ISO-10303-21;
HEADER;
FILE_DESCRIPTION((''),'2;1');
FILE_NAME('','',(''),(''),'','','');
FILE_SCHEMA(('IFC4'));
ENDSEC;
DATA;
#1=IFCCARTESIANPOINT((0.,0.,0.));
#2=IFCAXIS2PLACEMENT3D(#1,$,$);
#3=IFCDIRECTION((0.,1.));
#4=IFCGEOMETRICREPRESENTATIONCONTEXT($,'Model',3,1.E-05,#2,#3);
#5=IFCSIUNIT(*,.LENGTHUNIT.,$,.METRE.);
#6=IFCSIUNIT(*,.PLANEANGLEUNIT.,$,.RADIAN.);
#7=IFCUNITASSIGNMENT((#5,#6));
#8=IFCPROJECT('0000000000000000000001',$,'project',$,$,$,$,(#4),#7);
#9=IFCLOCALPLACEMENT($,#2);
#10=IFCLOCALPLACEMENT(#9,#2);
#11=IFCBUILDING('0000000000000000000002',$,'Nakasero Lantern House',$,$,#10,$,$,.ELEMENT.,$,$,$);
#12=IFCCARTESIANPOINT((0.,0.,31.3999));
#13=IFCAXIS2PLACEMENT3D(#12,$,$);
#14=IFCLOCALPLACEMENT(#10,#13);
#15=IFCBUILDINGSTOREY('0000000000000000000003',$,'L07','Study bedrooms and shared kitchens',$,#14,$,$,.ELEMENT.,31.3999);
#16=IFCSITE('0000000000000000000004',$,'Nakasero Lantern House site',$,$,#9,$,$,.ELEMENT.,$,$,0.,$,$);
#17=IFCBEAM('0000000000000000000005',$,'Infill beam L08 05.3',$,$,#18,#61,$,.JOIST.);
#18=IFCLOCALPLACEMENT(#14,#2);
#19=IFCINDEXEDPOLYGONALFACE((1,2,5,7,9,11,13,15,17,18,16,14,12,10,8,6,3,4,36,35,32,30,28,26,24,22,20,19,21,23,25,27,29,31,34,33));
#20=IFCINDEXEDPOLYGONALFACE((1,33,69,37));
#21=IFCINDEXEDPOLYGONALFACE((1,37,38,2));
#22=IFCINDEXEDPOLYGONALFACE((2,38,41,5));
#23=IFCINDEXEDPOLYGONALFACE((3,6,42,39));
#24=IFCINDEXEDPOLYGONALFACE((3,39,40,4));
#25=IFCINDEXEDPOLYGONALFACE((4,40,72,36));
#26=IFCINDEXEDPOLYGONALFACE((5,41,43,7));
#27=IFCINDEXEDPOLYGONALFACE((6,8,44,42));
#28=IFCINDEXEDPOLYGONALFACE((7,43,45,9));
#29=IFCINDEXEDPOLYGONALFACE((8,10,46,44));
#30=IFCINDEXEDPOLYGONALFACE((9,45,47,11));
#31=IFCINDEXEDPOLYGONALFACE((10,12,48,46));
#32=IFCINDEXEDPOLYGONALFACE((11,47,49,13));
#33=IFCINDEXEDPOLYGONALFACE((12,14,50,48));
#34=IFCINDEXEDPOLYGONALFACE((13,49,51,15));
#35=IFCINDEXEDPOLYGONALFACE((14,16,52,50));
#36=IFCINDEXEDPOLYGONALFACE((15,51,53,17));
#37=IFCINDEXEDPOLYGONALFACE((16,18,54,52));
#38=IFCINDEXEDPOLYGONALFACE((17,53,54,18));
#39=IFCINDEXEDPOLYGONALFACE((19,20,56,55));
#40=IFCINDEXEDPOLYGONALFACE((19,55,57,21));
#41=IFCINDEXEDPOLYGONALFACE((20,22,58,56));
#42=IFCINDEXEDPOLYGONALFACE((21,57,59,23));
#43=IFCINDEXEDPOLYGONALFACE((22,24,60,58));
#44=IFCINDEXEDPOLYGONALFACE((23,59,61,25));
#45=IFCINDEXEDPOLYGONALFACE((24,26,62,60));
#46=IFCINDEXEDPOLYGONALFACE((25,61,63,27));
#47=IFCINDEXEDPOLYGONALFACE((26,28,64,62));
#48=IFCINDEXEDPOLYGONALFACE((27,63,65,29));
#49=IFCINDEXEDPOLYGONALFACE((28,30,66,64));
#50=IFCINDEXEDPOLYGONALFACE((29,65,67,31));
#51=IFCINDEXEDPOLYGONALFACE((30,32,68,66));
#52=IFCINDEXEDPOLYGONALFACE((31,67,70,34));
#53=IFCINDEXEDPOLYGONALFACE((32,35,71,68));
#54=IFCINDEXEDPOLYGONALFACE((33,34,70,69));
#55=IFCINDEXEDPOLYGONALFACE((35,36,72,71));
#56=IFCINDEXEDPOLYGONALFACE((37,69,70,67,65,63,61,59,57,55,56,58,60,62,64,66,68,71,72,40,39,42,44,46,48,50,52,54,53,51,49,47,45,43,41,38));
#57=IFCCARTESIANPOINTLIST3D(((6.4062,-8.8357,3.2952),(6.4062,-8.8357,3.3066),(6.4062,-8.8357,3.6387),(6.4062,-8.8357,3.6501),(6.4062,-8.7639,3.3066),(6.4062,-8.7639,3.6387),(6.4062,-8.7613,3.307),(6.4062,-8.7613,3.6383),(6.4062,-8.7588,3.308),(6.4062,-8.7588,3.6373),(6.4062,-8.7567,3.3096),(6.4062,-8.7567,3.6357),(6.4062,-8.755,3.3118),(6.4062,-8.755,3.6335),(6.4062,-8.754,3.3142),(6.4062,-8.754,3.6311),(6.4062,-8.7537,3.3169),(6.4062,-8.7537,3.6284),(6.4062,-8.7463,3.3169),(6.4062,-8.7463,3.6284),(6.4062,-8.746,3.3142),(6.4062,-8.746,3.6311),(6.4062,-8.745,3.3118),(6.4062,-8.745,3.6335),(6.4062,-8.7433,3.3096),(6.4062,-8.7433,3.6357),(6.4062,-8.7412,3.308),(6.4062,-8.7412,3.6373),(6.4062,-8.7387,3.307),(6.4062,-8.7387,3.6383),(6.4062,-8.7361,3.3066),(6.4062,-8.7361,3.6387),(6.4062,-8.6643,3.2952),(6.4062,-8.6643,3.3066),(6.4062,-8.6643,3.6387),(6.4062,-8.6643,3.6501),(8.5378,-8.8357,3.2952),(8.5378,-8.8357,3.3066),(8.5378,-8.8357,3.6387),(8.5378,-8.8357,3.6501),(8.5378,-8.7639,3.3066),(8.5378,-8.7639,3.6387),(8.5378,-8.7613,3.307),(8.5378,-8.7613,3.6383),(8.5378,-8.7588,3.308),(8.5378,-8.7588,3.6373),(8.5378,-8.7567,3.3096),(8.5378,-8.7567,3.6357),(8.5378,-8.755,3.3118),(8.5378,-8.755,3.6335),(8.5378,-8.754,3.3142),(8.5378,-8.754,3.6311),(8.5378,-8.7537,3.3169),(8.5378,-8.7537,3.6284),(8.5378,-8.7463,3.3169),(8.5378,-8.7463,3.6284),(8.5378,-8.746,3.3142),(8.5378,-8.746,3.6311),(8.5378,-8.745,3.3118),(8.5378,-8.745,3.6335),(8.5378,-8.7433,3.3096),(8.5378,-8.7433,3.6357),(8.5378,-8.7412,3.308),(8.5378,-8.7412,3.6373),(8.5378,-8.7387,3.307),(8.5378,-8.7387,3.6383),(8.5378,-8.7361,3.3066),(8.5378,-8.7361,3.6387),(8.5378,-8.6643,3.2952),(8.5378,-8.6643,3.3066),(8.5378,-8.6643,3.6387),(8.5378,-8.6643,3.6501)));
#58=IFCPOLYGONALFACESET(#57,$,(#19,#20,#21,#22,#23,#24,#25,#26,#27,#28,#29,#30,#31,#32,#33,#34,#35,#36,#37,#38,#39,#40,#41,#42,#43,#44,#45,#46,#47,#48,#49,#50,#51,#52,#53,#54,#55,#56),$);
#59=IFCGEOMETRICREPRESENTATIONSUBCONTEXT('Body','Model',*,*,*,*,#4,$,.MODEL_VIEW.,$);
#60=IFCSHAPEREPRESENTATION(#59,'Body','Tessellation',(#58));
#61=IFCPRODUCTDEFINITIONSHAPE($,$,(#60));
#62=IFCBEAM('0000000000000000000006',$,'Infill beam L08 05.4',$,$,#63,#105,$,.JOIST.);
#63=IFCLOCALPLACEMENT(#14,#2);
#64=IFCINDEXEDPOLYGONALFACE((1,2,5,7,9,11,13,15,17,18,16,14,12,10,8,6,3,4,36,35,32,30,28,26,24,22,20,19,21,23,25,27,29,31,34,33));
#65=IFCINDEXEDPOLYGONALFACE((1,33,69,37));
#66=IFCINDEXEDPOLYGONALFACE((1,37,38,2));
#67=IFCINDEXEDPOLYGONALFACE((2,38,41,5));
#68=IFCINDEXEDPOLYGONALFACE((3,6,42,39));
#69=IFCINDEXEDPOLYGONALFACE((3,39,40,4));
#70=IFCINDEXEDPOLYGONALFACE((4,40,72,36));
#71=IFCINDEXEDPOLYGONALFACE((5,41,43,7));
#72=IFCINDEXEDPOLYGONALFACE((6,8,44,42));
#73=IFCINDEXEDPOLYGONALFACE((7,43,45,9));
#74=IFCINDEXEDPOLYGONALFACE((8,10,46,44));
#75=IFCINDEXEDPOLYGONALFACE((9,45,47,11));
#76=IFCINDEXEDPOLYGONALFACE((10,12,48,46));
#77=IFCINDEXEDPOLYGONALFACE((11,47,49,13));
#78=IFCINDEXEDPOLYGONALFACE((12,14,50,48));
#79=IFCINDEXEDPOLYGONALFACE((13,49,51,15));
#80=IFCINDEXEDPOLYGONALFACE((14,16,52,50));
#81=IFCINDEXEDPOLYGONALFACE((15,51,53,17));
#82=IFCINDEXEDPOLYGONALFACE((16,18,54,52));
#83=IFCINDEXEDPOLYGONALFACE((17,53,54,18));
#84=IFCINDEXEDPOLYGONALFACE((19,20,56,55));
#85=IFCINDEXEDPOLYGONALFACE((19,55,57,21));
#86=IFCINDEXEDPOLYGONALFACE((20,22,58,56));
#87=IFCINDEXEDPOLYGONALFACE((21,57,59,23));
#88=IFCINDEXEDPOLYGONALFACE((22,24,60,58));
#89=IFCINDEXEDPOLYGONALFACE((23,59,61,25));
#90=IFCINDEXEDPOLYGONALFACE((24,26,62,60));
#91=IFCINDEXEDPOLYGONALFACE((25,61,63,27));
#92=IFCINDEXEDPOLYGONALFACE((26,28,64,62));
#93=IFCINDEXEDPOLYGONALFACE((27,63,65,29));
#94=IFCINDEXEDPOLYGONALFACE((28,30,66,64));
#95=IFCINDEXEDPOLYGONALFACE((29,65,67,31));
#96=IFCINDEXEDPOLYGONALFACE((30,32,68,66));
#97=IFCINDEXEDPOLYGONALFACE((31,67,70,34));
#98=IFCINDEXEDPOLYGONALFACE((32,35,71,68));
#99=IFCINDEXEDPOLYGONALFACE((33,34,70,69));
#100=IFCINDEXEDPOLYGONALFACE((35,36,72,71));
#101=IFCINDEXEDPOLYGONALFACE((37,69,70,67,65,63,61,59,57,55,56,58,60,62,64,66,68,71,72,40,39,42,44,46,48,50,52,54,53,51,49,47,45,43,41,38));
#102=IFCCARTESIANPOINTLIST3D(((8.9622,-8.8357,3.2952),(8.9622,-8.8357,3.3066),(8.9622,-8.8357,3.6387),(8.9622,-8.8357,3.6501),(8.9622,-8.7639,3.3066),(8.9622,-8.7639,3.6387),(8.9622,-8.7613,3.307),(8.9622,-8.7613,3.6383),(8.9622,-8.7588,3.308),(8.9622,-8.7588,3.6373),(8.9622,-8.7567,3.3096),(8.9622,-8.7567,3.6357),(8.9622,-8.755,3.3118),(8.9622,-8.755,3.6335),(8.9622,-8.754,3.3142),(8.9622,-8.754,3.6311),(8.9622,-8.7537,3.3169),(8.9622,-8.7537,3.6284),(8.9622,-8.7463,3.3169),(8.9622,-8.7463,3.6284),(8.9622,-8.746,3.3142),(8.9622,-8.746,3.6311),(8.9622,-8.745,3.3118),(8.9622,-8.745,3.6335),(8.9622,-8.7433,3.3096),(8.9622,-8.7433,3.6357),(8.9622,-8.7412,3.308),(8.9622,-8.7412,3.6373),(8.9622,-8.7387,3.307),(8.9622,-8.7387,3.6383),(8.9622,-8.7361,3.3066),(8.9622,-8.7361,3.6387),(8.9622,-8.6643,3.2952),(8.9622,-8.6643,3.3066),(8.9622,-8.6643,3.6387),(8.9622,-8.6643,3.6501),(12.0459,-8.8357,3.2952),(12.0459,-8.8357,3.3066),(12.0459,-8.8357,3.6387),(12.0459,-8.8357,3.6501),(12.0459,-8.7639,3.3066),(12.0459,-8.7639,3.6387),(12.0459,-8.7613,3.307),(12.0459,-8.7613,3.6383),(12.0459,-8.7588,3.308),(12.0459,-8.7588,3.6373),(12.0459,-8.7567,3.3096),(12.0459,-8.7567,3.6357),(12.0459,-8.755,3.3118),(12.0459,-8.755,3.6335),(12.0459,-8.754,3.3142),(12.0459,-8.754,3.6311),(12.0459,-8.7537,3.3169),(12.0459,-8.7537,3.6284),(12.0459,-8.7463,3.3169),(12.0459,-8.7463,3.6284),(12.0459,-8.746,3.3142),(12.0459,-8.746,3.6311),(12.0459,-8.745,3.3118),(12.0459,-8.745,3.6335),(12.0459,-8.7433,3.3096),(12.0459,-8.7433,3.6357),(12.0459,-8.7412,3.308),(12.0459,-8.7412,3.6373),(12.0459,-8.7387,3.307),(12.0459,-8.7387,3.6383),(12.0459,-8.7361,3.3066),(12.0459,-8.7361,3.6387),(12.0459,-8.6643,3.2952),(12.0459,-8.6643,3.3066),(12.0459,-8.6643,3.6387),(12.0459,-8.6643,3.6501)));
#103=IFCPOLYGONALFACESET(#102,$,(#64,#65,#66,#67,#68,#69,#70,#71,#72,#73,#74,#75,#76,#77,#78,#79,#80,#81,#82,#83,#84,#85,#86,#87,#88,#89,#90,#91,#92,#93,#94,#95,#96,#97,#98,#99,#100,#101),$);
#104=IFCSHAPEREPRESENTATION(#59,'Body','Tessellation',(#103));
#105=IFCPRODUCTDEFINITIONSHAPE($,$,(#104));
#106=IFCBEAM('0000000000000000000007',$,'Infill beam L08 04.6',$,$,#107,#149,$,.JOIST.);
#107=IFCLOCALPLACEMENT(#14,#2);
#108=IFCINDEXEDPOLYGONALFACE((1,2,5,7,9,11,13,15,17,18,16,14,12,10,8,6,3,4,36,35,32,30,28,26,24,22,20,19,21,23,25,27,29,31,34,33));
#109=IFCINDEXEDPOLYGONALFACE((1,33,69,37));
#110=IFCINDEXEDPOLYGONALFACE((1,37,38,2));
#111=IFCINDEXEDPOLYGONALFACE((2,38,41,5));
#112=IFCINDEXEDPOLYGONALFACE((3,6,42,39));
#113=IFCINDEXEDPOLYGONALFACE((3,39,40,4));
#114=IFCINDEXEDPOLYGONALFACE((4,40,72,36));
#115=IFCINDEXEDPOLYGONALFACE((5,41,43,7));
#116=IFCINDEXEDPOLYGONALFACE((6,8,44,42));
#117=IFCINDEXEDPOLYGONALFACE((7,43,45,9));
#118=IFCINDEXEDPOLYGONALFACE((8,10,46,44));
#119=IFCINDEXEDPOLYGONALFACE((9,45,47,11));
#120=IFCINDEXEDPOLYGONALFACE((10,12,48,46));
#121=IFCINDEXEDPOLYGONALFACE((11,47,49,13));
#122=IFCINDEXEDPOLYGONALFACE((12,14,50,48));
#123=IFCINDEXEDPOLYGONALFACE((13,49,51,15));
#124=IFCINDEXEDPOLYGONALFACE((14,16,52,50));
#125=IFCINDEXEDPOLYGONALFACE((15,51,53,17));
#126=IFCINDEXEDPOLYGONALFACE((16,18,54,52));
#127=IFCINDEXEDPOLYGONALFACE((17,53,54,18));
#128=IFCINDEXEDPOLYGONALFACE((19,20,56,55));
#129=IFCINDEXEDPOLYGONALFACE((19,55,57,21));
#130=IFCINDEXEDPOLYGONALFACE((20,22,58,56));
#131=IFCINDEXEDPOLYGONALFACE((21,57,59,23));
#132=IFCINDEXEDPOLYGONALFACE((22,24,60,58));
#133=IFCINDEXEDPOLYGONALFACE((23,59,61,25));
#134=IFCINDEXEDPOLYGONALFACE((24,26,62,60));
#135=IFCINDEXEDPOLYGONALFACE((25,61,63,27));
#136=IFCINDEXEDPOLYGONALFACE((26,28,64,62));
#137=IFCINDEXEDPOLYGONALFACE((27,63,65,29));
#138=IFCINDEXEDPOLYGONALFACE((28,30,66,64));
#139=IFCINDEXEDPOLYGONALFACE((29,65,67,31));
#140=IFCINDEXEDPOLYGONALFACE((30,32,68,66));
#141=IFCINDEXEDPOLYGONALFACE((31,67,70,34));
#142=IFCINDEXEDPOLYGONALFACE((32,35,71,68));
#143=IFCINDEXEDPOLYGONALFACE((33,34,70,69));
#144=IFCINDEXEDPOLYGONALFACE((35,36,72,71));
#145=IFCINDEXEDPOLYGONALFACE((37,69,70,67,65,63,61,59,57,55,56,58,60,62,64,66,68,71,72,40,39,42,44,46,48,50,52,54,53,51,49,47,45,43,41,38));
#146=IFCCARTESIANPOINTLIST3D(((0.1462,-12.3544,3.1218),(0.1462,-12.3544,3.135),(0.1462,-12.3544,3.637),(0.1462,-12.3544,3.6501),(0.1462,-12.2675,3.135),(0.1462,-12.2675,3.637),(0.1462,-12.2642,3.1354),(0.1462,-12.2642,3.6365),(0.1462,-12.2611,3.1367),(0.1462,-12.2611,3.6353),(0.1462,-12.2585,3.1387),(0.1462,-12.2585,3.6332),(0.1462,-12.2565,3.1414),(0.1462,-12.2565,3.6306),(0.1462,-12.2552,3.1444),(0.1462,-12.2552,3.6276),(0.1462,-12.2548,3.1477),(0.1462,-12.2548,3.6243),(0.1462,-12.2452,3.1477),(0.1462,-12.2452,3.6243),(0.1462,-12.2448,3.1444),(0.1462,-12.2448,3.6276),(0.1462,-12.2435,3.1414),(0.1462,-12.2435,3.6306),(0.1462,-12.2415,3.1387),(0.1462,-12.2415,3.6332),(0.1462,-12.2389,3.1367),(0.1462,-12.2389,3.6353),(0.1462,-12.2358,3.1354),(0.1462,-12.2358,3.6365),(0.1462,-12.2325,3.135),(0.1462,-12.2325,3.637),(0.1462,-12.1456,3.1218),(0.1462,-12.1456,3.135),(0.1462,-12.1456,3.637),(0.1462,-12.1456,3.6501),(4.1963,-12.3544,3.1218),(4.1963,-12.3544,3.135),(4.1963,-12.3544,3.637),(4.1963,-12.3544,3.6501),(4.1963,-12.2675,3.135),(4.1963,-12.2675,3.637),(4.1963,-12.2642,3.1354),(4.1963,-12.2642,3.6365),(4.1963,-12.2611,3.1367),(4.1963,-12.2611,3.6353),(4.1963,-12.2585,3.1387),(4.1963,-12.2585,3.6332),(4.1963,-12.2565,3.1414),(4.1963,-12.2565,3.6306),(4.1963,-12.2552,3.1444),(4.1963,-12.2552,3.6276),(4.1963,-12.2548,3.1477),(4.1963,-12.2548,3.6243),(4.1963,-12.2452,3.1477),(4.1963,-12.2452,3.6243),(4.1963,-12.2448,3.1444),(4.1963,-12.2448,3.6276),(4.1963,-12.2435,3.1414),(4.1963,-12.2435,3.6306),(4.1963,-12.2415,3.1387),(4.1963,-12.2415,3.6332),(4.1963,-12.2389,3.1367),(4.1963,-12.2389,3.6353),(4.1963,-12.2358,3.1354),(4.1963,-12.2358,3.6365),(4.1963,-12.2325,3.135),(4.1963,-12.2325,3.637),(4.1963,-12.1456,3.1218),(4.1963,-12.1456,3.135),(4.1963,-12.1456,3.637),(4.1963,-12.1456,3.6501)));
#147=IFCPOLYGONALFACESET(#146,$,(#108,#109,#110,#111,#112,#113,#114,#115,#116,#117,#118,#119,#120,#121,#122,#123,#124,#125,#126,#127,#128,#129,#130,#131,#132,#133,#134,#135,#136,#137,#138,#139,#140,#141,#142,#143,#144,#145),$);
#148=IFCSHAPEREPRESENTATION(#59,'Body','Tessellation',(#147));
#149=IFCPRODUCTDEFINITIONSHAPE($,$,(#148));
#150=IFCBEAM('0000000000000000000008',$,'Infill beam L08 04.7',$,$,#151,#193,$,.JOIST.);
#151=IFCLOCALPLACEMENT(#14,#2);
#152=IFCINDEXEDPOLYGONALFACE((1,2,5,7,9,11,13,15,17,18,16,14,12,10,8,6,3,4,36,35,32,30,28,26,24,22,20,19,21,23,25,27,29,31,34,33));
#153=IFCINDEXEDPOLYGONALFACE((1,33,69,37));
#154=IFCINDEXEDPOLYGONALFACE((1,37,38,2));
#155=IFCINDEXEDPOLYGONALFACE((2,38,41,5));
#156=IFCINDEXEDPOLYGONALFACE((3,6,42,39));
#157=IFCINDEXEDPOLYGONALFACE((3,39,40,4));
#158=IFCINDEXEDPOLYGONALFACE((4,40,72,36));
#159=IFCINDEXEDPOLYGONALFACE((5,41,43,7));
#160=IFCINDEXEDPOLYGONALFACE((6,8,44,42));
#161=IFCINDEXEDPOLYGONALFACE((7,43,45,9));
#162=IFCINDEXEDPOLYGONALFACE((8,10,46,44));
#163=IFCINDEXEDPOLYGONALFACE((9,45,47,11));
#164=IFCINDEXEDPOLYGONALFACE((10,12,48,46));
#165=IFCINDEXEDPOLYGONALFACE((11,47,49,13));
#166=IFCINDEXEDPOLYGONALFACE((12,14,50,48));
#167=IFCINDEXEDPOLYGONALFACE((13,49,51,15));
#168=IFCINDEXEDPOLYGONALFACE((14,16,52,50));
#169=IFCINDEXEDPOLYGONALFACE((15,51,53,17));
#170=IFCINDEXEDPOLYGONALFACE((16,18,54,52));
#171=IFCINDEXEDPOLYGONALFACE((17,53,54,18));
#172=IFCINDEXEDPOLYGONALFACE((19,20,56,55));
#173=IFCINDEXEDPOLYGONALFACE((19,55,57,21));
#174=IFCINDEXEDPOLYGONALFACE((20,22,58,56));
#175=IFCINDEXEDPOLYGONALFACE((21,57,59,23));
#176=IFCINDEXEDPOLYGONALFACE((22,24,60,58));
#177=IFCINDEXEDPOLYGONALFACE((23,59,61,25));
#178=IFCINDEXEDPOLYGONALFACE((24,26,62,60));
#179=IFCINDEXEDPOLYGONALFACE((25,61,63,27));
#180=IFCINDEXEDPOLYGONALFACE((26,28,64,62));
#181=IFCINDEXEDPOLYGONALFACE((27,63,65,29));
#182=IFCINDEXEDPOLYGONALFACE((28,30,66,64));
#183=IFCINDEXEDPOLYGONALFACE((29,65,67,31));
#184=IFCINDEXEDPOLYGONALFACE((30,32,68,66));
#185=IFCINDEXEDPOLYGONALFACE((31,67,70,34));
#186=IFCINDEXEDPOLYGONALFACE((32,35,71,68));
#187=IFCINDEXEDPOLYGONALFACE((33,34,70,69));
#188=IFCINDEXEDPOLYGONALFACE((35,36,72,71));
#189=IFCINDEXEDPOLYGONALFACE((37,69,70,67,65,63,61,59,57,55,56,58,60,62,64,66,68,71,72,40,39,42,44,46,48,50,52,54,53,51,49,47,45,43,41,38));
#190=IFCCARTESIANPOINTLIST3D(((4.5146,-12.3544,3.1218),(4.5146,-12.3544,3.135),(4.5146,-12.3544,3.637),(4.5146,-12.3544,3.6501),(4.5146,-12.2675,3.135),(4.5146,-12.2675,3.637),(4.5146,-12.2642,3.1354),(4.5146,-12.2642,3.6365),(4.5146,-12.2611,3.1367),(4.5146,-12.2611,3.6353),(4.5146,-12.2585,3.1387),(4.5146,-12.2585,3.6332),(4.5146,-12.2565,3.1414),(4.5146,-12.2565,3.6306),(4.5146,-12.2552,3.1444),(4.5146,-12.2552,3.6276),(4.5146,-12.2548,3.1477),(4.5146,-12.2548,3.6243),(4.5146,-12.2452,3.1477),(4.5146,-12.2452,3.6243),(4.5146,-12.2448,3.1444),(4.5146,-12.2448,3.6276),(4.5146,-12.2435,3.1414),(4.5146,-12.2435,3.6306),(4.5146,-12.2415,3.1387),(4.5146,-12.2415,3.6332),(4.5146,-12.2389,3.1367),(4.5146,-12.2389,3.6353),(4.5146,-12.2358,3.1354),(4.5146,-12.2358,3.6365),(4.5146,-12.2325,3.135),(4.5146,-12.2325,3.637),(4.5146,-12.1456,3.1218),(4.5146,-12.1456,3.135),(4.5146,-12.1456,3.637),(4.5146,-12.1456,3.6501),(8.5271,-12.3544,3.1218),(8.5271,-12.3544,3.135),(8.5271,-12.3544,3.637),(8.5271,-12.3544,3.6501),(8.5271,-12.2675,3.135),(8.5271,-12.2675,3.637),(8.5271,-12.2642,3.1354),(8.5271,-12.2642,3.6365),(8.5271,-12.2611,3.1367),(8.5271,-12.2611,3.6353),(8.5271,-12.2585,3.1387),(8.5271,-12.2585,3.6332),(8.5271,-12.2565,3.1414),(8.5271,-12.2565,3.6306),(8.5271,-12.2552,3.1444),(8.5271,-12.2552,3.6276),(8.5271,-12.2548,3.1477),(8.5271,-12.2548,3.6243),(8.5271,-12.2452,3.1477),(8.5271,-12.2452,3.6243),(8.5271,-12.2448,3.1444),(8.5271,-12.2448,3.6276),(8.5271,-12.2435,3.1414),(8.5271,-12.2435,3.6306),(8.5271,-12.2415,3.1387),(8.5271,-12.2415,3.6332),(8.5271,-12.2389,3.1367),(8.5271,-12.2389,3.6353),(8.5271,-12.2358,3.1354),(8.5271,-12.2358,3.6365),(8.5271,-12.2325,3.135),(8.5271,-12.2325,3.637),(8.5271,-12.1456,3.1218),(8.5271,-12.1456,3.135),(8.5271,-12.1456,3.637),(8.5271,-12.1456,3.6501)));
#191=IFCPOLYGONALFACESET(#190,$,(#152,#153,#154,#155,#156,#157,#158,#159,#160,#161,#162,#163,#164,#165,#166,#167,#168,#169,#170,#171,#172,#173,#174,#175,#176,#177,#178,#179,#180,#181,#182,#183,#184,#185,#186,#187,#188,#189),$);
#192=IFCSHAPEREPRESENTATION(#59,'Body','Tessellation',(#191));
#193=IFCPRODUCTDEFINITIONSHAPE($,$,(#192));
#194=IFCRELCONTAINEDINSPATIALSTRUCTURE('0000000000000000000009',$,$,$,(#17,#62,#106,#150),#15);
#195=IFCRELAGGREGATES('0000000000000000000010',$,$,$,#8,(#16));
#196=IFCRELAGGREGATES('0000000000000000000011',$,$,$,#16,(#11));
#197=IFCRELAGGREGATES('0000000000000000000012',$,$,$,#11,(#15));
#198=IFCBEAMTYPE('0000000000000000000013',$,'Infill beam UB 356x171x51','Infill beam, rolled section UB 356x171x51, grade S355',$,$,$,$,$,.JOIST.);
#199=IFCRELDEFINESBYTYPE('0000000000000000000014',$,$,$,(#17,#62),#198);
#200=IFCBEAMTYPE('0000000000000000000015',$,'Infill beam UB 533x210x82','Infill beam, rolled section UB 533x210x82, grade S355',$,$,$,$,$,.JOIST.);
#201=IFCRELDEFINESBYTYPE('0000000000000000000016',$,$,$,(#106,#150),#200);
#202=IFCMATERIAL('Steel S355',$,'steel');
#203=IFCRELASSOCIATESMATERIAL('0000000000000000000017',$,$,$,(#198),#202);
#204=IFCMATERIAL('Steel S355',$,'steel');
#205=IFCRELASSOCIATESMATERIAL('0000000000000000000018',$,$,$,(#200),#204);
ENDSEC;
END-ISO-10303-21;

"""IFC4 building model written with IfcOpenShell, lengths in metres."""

from ifc_helpers import new_model, si_unit, direction, frame, origin, origin_2d, place, context, subcontext, project, spatial, i_section, extrude, material, material_profile, profile_set, type_object, element, save


model = new_model("IFC4")

# Units and contexts
model_context = context("Model", 3, precision=1e-05, world=origin(), true_north=direction((0.0, 1.0)))
body_context = subcontext(model_context, "Body", "Model", "MODEL_VIEW")
ifc_project = project(units=[si_unit("LENGTHUNIT", "METRE"), si_unit("PLANEANGLEUNIT", "RADIAN")], contexts=[model_context])

# Site, building, storey
site_placement = place(None, origin())
site = spatial("IfcSite", under=ifc_project, at=site_placement, Name="Nakasero Lantern House site", CompositionType="ELEMENT", RefElevation=0.0)
building_placement = place(site_placement, origin())
building = spatial("IfcBuilding", under=site, at=building_placement, Name="Nakasero Lantern House", CompositionType="ELEMENT")
storey_placement = place(building_placement, frame((0.0, 0.0, 31.3999)))
storey = spatial("IfcBuildingStorey", under=building, at=storey_placement, Name="L07", Description="Study bedrooms and shared kitchens", CompositionType="ELEMENT", Elevation=31.3999)

# Beams
ifc_material_1 = material(Name="Steel S355", Category="steel")
ifc_material_profile_1 = material_profile(ifc_material_1, i_section(OverallWidth=0.1714, OverallDepth=0.355, WebThickness=0.0073, FlangeThickness=0.0115, FilletRadius=0.0103, at=origin_2d()), Name="UB 356x171x51")
ifc_profile_set_1 = profile_set([ifc_material_profile_1], Name="Steel S355")
beam_type_1 = type_object("IfcBeamType", Name="Infill beam UB 356x171x51", Description="Infill beam, rolled section UB 356x171x51, grade S355", PredefinedType="JOIST", material=ifc_profile_set_1)
beam_1_placement = place(storey_placement, frame((6.4062, -8.75, 3.4727), z_axis=(1.0, 0.0, 0.0), x_axis=(0.0, 1.0, 0.0)))
element("IfcBeam", 1, at=beam_1_placement, inside=storey, type_object=beam_type_1, Name="Infill beam L08 05.3", PredefinedType="JOIST", context=body_context, shape_type="SweptSolid", body=[
    extrude(i_section(OverallWidth=0.1714, OverallDepth=0.355, WebThickness=0.0073, FlangeThickness=0.0115, FilletRadius=0.0103, at=origin_2d()), origin(), (0.0, 0.0, 1.0), 2.1316),
])
beam_2_placement = place(storey_placement, frame((8.9622, -8.75, 3.4727), z_axis=(1.0, 0.0, 0.0), x_axis=(0.0, 1.0, 0.0)))
element("IfcBeam", 2, at=beam_2_placement, inside=storey, type_object=beam_type_1, Name="Infill beam L08 05.4", PredefinedType="JOIST", context=body_context, shape_type="SweptSolid", body=[
    extrude(i_section(OverallWidth=0.1714, OverallDepth=0.355, WebThickness=0.0073, FlangeThickness=0.0115, FilletRadius=0.0103, at=origin_2d()), origin(), (0.0, 0.0, 1.0), 3.0837),
])
ifc_material_2 = material(Name="Steel S355", Category="steel")
ifc_material_profile_2 = material_profile(ifc_material_2, i_section(OverallWidth=0.2087, OverallDepth=0.5283, WebThickness=0.0095, FlangeThickness=0.0132, FilletRadius=0.0127, at=origin_2d()), Name="UB 533x210x82")
ifc_profile_set_2 = profile_set([ifc_material_profile_2], Name="Steel S355")
beam_type_2 = type_object("IfcBeamType", Name="Infill beam UB 533x210x82", Description="Infill beam, rolled section UB 533x210x82, grade S355", PredefinedType="JOIST", material=ifc_profile_set_2)
beam_3_placement = place(storey_placement, frame((0.1462, -12.25, 3.386), z_axis=(1.0, 0.0, 0.0), x_axis=(0.0, 1.0, 0.0)))
element("IfcBeam", 3, at=beam_3_placement, inside=storey, type_object=beam_type_2, Name="Infill beam L08 04.6", PredefinedType="JOIST", context=body_context, shape_type="SweptSolid", body=[
    extrude(i_section(OverallWidth=0.2087, OverallDepth=0.5283, WebThickness=0.0095, FlangeThickness=0.0132, FilletRadius=0.0127, at=origin_2d()), origin(), (0.0, 0.0, 1.0), 4.05),
])
beam_4_placement = place(storey_placement, frame((4.5146, -12.25, 3.386), z_axis=(1.0, 0.0, 0.0), x_axis=(0.0, 1.0, 0.0)))
element("IfcBeam", 4, at=beam_4_placement, inside=storey, type_object=beam_type_2, Name="Infill beam L08 04.7", PredefinedType="JOIST", context=body_context, shape_type="SweptSolid", body=[
    extrude(i_section(OverallWidth=0.2087, OverallDepth=0.5283, WebThickness=0.0095, FlangeThickness=0.0132, FilletRadius=0.0127, at=origin_2d()), origin(), (0.0, 0.0, 1.0), 4.0125),
])

save(model, "model.ifc")
